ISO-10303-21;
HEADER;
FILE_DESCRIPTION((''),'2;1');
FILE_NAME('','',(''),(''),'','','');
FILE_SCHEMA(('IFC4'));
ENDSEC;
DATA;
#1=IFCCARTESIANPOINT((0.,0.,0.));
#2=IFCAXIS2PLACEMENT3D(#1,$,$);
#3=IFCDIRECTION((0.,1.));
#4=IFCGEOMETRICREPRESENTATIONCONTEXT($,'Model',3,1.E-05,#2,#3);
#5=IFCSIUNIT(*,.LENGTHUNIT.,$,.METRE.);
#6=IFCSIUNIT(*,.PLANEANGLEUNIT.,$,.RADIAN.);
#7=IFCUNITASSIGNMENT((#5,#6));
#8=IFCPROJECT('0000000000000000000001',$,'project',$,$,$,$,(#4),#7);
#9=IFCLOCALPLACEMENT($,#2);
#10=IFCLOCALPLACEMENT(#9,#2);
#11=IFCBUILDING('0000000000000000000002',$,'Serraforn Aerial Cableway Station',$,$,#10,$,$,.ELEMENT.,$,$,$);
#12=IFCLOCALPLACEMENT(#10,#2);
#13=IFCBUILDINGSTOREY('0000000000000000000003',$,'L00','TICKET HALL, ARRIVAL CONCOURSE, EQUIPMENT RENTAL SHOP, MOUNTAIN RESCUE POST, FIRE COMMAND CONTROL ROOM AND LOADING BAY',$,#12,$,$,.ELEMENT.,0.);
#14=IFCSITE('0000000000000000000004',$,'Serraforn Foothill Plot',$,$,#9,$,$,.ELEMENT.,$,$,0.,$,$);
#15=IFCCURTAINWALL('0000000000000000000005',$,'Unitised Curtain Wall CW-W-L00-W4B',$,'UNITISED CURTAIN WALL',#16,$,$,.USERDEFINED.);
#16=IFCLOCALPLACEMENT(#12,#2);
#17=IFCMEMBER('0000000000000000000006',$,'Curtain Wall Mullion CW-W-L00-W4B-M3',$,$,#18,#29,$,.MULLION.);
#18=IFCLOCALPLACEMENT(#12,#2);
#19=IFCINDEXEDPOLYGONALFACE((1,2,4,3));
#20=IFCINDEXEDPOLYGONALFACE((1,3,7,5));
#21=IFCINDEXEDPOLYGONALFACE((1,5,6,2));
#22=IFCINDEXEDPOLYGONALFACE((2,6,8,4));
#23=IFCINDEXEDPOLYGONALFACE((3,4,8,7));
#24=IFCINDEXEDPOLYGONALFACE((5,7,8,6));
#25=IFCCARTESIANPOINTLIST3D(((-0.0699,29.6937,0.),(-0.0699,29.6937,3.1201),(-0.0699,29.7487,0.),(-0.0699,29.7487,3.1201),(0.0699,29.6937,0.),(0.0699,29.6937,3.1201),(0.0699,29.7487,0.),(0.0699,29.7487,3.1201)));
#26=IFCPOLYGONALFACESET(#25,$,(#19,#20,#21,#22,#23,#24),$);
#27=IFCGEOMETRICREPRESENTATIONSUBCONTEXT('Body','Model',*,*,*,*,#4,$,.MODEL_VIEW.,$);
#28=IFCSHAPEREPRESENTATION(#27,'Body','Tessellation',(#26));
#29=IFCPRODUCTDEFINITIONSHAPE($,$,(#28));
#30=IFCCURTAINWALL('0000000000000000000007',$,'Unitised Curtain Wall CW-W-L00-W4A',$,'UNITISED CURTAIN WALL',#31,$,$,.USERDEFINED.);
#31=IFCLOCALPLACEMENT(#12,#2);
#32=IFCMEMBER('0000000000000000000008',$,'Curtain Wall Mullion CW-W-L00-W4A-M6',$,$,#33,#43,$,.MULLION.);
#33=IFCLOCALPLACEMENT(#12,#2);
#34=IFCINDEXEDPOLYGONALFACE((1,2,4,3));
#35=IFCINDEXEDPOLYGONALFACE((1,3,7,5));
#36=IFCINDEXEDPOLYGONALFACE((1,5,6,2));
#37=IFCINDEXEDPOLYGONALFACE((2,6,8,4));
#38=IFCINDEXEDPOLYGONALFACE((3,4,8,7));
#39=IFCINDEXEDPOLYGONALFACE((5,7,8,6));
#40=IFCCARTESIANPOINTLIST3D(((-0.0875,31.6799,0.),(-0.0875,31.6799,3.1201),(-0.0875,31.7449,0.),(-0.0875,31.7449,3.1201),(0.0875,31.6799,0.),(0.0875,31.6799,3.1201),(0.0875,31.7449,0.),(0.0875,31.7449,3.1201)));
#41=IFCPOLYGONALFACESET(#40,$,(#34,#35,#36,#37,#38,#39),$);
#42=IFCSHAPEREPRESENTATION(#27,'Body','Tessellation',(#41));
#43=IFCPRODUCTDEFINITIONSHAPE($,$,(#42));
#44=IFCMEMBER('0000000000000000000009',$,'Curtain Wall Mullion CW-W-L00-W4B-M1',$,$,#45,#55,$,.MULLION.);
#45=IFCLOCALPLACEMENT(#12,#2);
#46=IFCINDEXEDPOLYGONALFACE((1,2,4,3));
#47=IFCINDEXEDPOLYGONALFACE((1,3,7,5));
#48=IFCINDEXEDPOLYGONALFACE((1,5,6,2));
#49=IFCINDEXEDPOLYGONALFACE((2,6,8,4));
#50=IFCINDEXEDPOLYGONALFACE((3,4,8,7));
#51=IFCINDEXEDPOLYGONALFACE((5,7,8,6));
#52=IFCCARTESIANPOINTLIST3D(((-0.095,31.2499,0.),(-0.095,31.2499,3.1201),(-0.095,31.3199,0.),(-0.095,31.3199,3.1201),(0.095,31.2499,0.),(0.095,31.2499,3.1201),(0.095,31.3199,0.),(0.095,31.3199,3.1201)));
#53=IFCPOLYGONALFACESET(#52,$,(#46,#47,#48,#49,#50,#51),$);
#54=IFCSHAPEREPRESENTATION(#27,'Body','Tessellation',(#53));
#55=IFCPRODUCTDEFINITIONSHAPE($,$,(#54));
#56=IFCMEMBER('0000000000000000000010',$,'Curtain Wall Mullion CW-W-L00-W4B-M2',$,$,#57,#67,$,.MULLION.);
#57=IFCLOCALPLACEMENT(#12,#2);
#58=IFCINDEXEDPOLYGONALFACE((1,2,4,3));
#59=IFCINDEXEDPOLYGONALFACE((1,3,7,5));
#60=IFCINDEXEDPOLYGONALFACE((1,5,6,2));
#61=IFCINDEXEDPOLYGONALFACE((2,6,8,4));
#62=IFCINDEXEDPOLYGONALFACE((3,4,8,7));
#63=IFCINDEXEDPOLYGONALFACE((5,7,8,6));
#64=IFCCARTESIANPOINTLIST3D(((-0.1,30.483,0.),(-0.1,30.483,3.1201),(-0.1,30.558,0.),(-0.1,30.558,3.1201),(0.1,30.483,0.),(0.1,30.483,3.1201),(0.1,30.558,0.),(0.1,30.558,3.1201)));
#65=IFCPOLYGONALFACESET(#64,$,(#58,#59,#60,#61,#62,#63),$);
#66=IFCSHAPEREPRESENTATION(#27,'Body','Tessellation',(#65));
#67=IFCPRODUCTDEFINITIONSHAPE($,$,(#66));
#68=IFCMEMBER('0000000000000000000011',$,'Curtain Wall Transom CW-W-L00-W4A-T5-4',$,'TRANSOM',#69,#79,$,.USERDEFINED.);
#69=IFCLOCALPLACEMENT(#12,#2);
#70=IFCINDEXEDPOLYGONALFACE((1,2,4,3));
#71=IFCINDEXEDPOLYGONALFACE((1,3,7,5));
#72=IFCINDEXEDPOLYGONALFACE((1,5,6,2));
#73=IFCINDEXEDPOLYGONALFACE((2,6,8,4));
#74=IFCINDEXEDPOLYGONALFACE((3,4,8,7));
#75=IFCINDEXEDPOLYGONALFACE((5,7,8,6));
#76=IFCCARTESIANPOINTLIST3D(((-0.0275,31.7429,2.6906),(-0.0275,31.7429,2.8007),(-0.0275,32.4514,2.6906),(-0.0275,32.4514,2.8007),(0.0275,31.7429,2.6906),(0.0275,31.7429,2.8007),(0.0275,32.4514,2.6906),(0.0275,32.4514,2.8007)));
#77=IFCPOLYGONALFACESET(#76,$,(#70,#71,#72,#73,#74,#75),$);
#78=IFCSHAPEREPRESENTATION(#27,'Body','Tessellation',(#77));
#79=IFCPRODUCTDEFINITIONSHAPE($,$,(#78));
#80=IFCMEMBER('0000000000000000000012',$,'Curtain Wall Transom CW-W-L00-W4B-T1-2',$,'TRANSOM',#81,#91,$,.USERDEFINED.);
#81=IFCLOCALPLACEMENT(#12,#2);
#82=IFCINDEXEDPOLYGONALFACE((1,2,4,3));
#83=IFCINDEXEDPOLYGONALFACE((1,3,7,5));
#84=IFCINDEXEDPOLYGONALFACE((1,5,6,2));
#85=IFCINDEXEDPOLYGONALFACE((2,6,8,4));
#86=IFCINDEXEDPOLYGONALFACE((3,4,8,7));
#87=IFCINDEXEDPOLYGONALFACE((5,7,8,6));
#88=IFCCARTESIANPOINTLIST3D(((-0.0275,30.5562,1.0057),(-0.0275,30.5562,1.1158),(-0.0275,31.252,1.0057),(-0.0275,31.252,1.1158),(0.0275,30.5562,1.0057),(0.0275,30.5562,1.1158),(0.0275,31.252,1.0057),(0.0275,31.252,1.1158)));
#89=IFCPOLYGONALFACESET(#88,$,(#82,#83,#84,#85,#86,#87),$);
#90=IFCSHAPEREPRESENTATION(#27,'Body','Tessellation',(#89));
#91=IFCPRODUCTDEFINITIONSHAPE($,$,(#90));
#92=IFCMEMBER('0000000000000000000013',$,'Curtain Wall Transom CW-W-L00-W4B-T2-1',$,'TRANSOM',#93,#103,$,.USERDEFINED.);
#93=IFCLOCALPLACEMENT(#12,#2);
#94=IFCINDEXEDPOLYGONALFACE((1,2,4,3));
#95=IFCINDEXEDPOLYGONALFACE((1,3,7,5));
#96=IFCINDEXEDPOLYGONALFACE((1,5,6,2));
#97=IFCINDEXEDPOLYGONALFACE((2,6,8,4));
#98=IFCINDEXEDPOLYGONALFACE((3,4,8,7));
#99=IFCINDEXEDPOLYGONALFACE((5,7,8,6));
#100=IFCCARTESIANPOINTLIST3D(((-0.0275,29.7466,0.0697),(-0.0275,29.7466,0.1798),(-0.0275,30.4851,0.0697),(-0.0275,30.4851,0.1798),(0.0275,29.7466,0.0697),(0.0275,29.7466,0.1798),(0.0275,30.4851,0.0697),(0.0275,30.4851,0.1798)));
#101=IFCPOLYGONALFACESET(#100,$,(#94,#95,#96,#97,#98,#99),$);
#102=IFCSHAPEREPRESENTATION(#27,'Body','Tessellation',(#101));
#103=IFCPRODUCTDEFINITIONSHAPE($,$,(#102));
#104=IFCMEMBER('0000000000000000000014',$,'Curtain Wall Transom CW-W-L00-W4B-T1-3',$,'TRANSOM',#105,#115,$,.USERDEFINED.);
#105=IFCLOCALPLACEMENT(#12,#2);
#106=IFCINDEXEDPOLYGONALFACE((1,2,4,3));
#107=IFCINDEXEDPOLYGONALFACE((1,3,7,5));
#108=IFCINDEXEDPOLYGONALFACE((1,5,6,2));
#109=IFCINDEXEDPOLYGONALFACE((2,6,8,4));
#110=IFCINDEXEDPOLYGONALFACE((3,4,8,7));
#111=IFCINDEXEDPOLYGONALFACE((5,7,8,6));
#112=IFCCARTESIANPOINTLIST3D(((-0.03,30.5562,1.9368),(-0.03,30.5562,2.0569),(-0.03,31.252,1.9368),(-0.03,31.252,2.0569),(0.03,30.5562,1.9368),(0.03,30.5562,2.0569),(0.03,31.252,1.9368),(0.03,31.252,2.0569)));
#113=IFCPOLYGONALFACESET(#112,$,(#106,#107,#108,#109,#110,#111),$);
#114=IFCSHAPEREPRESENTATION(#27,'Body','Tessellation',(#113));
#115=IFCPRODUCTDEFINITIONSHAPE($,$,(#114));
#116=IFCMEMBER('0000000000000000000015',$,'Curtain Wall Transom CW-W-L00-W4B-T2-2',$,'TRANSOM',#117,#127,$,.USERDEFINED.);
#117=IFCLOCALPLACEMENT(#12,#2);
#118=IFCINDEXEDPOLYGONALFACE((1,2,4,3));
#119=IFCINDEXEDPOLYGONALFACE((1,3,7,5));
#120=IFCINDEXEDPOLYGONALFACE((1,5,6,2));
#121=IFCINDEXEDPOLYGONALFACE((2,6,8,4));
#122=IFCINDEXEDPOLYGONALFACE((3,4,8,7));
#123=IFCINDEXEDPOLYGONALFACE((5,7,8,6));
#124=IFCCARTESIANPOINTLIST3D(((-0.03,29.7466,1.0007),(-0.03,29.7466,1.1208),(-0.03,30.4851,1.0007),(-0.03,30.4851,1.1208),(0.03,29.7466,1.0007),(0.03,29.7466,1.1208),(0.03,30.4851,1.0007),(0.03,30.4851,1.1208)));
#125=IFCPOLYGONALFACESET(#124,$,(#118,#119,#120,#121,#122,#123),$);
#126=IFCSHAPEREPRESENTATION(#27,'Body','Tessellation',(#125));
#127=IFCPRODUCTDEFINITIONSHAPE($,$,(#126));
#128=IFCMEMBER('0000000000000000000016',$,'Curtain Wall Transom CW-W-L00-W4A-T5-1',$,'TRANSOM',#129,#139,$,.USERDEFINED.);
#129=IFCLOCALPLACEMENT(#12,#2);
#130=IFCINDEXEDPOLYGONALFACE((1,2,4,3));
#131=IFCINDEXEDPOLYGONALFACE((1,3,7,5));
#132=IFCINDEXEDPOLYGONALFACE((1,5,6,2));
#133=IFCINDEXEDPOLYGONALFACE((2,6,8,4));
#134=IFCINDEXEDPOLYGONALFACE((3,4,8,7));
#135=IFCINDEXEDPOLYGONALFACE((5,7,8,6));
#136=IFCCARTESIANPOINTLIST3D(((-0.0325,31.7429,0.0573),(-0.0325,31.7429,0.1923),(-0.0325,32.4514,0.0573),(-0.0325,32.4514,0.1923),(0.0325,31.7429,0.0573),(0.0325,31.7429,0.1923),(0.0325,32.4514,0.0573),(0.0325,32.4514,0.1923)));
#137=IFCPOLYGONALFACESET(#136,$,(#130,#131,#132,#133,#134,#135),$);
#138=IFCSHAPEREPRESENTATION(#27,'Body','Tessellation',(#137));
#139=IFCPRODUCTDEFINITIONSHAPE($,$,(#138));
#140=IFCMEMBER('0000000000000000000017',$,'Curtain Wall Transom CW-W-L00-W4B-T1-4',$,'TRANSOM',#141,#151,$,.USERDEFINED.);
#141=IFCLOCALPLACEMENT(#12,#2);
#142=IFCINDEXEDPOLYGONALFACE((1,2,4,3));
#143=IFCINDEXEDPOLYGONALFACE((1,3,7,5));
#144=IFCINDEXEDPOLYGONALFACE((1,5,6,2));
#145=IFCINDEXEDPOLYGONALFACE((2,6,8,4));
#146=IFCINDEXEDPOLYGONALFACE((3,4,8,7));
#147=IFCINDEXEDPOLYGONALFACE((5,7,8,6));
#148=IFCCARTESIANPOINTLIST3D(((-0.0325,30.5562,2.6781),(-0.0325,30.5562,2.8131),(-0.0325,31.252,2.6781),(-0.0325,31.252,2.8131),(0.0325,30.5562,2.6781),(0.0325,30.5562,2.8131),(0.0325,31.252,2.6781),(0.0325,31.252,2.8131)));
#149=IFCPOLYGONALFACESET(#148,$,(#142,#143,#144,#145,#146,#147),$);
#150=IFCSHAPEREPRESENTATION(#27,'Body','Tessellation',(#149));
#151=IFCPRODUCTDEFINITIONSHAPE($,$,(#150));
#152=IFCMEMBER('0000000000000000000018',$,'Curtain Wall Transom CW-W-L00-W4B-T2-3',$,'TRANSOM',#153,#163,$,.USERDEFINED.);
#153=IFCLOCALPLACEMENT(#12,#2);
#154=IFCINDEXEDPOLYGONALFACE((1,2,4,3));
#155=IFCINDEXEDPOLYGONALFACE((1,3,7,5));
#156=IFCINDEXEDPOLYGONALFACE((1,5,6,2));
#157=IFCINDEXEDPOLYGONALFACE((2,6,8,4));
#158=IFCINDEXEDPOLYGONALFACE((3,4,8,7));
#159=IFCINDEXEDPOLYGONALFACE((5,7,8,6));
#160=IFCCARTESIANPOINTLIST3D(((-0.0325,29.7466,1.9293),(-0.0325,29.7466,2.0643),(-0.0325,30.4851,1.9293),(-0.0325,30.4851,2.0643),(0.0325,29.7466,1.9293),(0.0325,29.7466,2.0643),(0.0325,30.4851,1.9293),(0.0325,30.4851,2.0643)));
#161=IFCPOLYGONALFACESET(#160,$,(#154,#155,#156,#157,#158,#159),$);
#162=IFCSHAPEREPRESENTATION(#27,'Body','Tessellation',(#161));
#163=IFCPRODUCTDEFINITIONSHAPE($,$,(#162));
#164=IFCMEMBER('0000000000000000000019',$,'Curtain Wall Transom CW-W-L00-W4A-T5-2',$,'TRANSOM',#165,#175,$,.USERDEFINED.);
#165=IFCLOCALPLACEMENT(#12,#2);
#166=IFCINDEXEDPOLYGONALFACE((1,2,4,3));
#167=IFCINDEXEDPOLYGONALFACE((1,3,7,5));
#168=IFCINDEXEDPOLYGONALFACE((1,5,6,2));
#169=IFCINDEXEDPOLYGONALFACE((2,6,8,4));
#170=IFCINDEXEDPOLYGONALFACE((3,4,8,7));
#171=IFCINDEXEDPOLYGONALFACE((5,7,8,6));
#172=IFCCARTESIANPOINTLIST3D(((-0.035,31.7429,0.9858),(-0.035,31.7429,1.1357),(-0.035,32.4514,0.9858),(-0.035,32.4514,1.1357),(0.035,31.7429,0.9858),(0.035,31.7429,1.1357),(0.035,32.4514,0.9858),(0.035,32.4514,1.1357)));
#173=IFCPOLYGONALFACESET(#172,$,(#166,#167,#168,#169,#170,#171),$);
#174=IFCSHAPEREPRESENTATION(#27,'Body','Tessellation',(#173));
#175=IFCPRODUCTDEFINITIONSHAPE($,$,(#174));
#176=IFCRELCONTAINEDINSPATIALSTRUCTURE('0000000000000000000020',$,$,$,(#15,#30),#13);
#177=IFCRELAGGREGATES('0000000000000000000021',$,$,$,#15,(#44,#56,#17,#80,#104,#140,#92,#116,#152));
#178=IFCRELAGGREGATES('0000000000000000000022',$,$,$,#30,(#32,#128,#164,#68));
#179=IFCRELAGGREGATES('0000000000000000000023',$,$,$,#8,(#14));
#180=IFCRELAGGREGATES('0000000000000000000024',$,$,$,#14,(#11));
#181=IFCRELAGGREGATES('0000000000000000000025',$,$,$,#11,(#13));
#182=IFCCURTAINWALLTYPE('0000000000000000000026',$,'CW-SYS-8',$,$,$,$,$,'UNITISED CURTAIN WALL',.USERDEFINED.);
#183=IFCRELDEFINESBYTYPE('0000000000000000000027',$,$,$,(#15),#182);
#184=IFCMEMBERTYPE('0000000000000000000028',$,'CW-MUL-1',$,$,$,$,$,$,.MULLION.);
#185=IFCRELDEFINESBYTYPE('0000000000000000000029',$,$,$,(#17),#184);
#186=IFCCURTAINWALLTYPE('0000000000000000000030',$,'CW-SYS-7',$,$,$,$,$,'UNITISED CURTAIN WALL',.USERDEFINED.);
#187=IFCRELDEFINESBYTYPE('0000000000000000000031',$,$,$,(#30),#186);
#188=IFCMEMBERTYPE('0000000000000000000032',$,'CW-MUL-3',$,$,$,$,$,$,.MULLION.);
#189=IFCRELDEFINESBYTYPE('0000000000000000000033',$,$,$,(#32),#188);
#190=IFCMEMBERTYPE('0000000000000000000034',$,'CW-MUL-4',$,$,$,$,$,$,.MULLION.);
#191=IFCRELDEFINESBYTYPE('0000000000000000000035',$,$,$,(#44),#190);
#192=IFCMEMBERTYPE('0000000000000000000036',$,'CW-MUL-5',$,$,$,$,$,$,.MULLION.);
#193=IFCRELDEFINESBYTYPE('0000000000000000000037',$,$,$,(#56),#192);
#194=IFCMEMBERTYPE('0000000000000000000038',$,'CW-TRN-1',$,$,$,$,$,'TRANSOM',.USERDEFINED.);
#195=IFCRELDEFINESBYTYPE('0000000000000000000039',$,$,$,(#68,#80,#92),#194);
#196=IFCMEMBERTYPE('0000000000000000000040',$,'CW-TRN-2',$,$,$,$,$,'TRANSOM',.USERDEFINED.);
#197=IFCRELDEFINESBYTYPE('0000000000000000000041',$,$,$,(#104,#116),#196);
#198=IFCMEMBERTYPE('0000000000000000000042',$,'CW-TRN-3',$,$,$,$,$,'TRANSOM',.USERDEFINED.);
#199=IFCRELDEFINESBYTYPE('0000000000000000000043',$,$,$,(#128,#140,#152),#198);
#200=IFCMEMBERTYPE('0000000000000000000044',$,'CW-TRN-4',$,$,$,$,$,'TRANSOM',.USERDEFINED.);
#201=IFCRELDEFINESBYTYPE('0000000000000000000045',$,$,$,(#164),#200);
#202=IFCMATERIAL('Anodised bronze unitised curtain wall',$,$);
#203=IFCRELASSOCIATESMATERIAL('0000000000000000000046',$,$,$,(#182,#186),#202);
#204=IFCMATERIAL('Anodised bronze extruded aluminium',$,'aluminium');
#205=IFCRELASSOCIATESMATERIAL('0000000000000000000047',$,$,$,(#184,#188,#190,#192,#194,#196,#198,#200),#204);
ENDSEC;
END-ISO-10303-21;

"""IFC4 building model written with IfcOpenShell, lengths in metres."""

from ifc_helpers import new_model, si_unit, direction, frame, origin, origin_2d, place, context, subcontext, project, spatial, rectangle, extrude, material, material_profile, profile_set, type_object, element, aggregate, save


model = new_model("IFC4")

# Units and contexts
model_context = context("Model", 3, precision=1e-05, world=origin(), true_north=direction((0.0, 1.0)))
body_context = subcontext(model_context, "Body", "Model", "MODEL_VIEW")
ifc_project = project(units=[si_unit("LENGTHUNIT", "METRE"), si_unit("PLANEANGLEUNIT", "RADIAN")], contexts=[model_context])

# Site, building, storey
site_placement = place(None, origin())
site = spatial("IfcSite", under=ifc_project, at=site_placement, Name="Serraforn Foothill Plot", CompositionType="ELEMENT", RefElevation=0.0)
building_placement = place(site_placement, origin())
building = spatial("IfcBuilding", under=site, at=building_placement, Name="Serraforn Aerial Cableway Station", CompositionType="ELEMENT")
storey_placement = place(building_placement, origin())
storey = spatial("IfcBuildingStorey", under=building, at=storey_placement, Name="L00", Description="TICKET HALL, ARRIVAL CONCOURSE, EQUIPMENT RENTAL SHOP, MOUNTAIN RESCUE POST, FIRE COMMAND CONTROL ROOM AND LOADING BAY", CompositionType="ELEMENT", Elevation=0.0)

# Curtain walls, members
ifc_material_1 = material(Name="Anodised bronze unitised curtain wall")
curtain_wall_type_1 = type_object("IfcCurtainWallType", Name="CW-SYS-8", ElementType="UNITISED CURTAIN WALL", PredefinedType="USERDEFINED", material=ifc_material_1)
curtain_wall_1_placement = place(storey_placement, origin())
curtain_wall_1 = element("IfcCurtainWall", 1, at=curtain_wall_1_placement, inside=storey, type_object=curtain_wall_type_1, Name="Unitised Curtain Wall CW-W-L00-W4B", ObjectType="UNITISED CURTAIN WALL", PredefinedType="USERDEFINED")
ifc_material_2 = material(Name="Anodised bronze extruded aluminium", Category="aluminium")
ifc_material_profile_1 = material_profile(ifc_material_2, rectangle(XDim=0.0549, YDim=0.1399, at=origin_2d()), Name="CW MULLION 55x140")
ifc_profile_set_1 = profile_set([ifc_material_profile_1], Name="Anodised bronze extruded aluminium")
member_type_1 = type_object("IfcMemberType", Name="CW-MUL-1", PredefinedType="MULLION", material=ifc_profile_set_1)
member_1_placement = place(storey_placement, frame((0.0, 29.7212, 0.0), z_axis=(0.0, 0.0, 1.0), x_axis=(0.0, -1.0, 0.0)))
member_1 = element("IfcMember", 2, at=member_1_placement, type_object=member_type_1, Name="Curtain Wall Mullion CW-W-L00-W4B-M3", PredefinedType="MULLION", context=body_context, shape_type="SweptSolid", body=[
    extrude(rectangle(XDim=0.0549, YDim=0.1399, at=origin_2d()), origin(), (0.0, 0.0, 1.0), 3.1201),
])
curtain_wall_type_2 = type_object("IfcCurtainWallType", Name="CW-SYS-7", ElementType="UNITISED CURTAIN WALL", PredefinedType="USERDEFINED", material=ifc_material_1)
curtain_wall_2_placement = place(storey_placement, origin())
curtain_wall_2 = element("IfcCurtainWall", 3, at=curtain_wall_2_placement, inside=storey, type_object=curtain_wall_type_2, Name="Unitised Curtain Wall CW-W-L00-W4A", ObjectType="UNITISED CURTAIN WALL", PredefinedType="USERDEFINED")
ifc_material_profile_2 = material_profile(ifc_material_2, rectangle(XDim=0.0649, YDim=0.175, at=origin_2d()), Name="CW MULLION 65x175")
ifc_profile_set_2 = profile_set([ifc_material_profile_2], Name="Anodised bronze extruded aluminium")
member_type_2 = type_object("IfcMemberType", Name="CW-MUL-3", PredefinedType="MULLION", material=ifc_profile_set_2)
member_2_placement = place(storey_placement, frame((0.0, 31.7124, 0.0), z_axis=(0.0, 0.0, 1.0), x_axis=(0.0, -1.0, 0.0)))
member_2 = element("IfcMember", 4, at=member_2_placement, type_object=member_type_2, Name="Curtain Wall Mullion CW-W-L00-W4A-M6", PredefinedType="MULLION", context=body_context, shape_type="SweptSolid", body=[
    extrude(rectangle(XDim=0.0649, YDim=0.175, at=origin_2d()), origin(), (0.0, 0.0, 1.0), 3.1201),
])

# Members
ifc_material_profile_3 = material_profile(ifc_material_2, rectangle(XDim=0.0701, YDim=0.1899, at=origin_2d()), Name="CW MULLION 70x190")
ifc_profile_set_3 = profile_set([ifc_material_profile_3], Name="Anodised bronze extruded aluminium")
member_type_3 = type_object("IfcMemberType", Name="CW-MUL-4", PredefinedType="MULLION", material=ifc_profile_set_3)
member_3_placement = place(storey_placement, frame((0.0, 31.2849, 0.0), z_axis=(0.0, 0.0, 1.0), x_axis=(0.0, -1.0, 0.0)))
member_3 = element("IfcMember", 5, at=member_3_placement, type_object=member_type_3, Name="Curtain Wall Mullion CW-W-L00-W4B-M1", PredefinedType="MULLION", context=body_context, shape_type="SweptSolid", body=[
    extrude(rectangle(XDim=0.0701, YDim=0.1899, at=origin_2d()), origin(), (0.0, 0.0, 1.0), 3.1201),
])
ifc_material_profile_4 = material_profile(ifc_material_2, rectangle(XDim=0.075, YDim=0.2, at=origin_2d()), Name="CW MULLION 75x200")
ifc_profile_set_4 = profile_set([ifc_material_profile_4], Name="Anodised bronze extruded aluminium")
member_type_4 = type_object("IfcMemberType", Name="CW-MUL-5", PredefinedType="MULLION", material=ifc_profile_set_4)
member_4_placement = place(storey_placement, frame((0.0, 30.5205, 0.0), z_axis=(0.0, 0.0, 1.0), x_axis=(0.0, -1.0, 0.0)))
member_4 = element("IfcMember", 6, at=member_4_placement, type_object=member_type_4, Name="Curtain Wall Mullion CW-W-L00-W4B-M2", PredefinedType="MULLION", context=body_context, shape_type="SweptSolid", body=[
    extrude(rectangle(XDim=0.075, YDim=0.2, at=origin_2d()), origin(), (0.0, 0.0, 1.0), 3.1201),
])
ifc_material_profile_5 = material_profile(ifc_material_2, rectangle(XDim=0.0549, YDim=0.1101, at=origin_2d()), Name="CW TRANSOM 55x110")
ifc_profile_set_5 = profile_set([ifc_material_profile_5], Name="Anodised bronze extruded aluminium")
member_type_5 = type_object("IfcMemberType", Name="CW-TRN-1", ElementType="TRANSOM", PredefinedType="USERDEFINED", material=ifc_profile_set_5)
member_5_placement = place(storey_placement, frame((0.0, 32.4514, 2.7456), z_axis=(0.0, -1.0, 0.0), x_axis=(1.0, 0.0, 0.0)))
member_5 = element("IfcMember", 7, at=member_5_placement, type_object=member_type_5, Name="Curtain Wall Transom CW-W-L00-W4A-T5-4", ObjectType="TRANSOM", PredefinedType="USERDEFINED", context=body_context, shape_type="SweptSolid", body=[
    extrude(rectangle(XDim=0.0549, YDim=0.1101, at=origin_2d()), origin(), (0.0, 0.0, 1.0), 0.7085),
])
member_6_placement = place(storey_placement, frame((0.0, 31.252, 1.0608), z_axis=(0.0, -1.0, 0.0), x_axis=(1.0, 0.0, 0.0)))
member_6 = element("IfcMember", 8, at=member_6_placement, type_object=member_type_5, Name="Curtain Wall Transom CW-W-L00-W4B-T1-2", ObjectType="TRANSOM", PredefinedType="USERDEFINED", context=body_context, shape_type="SweptSolid", body=[
    extrude(rectangle(XDim=0.0549, YDim=0.1101, at=origin_2d()), origin(), (0.0, 0.0, 1.0), 0.6958),
])
member_7_placement = place(storey_placement, frame((0.0, 30.4851, 0.1248), z_axis=(0.0, -1.0, 0.0), x_axis=(1.0, 0.0, 0.0)))
member_7 = element("IfcMember", 9, at=member_7_placement, type_object=member_type_5, Name="Curtain Wall Transom CW-W-L00-W4B-T2-1", ObjectType="TRANSOM", PredefinedType="USERDEFINED", context=body_context, shape_type="SweptSolid", body=[
    extrude(rectangle(XDim=0.0549, YDim=0.1101, at=origin_2d()), origin(), (0.0, 0.0, 1.0), 0.7385),
])
ifc_material_profile_6 = material_profile(ifc_material_2, rectangle(XDim=0.0601, YDim=0.1201, at=origin_2d()), Name="CW TRANSOM 60x120")
ifc_profile_set_6 = profile_set([ifc_material_profile_6], Name="Anodised bronze extruded aluminium")
member_type_6 = type_object("IfcMemberType", Name="CW-TRN-2", ElementType="TRANSOM", PredefinedType="USERDEFINED", material=ifc_profile_set_6)
member_8_placement = place(storey_placement, frame((0.0, 31.252, 1.9968), z_axis=(0.0, -1.0, 0.0), x_axis=(1.0, 0.0, 0.0)))
member_8 = element("IfcMember", 10, at=member_8_placement, type_object=member_type_6, Name="Curtain Wall Transom CW-W-L00-W4B-T1-3", ObjectType="TRANSOM", PredefinedType="USERDEFINED", context=body_context, shape_type="SweptSolid", body=[
    extrude(rectangle(XDim=0.0601, YDim=0.1201, at=origin_2d()), origin(), (0.0, 0.0, 1.0), 0.6958),
])
member_9_placement = place(storey_placement, frame((0.0, 30.4851, 1.0608), z_axis=(0.0, -1.0, 0.0), x_axis=(1.0, 0.0, 0.0)))
member_9 = element("IfcMember", 11, at=member_9_placement, type_object=member_type_6, Name="Curtain Wall Transom CW-W-L00-W4B-T2-2", ObjectType="TRANSOM", PredefinedType="USERDEFINED", context=body_context, shape_type="SweptSolid", body=[
    extrude(rectangle(XDim=0.0601, YDim=0.1201, at=origin_2d()), origin(), (0.0, 0.0, 1.0), 0.7385),
])
ifc_material_profile_7 = material_profile(ifc_material_2, rectangle(XDim=0.0649, YDim=0.135, at=origin_2d()), Name="CW TRANSOM 65x135")
ifc_profile_set_7 = profile_set([ifc_material_profile_7], Name="Anodised bronze extruded aluminium")
member_type_7 = type_object("IfcMemberType", Name="CW-TRN-3", ElementType="TRANSOM", PredefinedType="USERDEFINED", material=ifc_profile_set_7)
member_10_placement = place(storey_placement, frame((0.0, 32.4514, 0.1248), z_axis=(0.0, -1.0, 0.0), x_axis=(1.0, 0.0, 0.0)))
member_10 = element("IfcMember", 12, at=member_10_placement, type_object=member_type_7, Name="Curtain Wall Transom CW-W-L00-W4A-T5-1", ObjectType="TRANSOM", PredefinedType="USERDEFINED", context=body_context, shape_type="SweptSolid", body=[
    extrude(rectangle(XDim=0.0649, YDim=0.135, at=origin_2d()), origin(), (0.0, 0.0, 1.0), 0.7085),
])
member_11_placement = place(storey_placement, frame((0.0, 31.252, 2.7456), z_axis=(0.0, -1.0, 0.0), x_axis=(1.0, 0.0, 0.0)))
member_11 = element("IfcMember", 13, at=member_11_placement, type_object=member_type_7, Name="Curtain Wall Transom CW-W-L00-W4B-T1-4", ObjectType="TRANSOM", PredefinedType="USERDEFINED", context=body_context, shape_type="SweptSolid", body=[
    extrude(rectangle(XDim=0.0649, YDim=0.135, at=origin_2d()), origin(), (0.0, 0.0, 1.0), 0.6958),
])
member_12_placement = place(storey_placement, frame((0.0, 30.4851, 1.9968), z_axis=(0.0, -1.0, 0.0), x_axis=(1.0, 0.0, 0.0)))
member_12 = element("IfcMember", 14, at=member_12_placement, type_object=member_type_7, Name="Curtain Wall Transom CW-W-L00-W4B-T2-3", ObjectType="TRANSOM", PredefinedType="USERDEFINED", context=body_context, shape_type="SweptSolid", body=[
    extrude(rectangle(XDim=0.0649, YDim=0.135, at=origin_2d()), origin(), (0.0, 0.0, 1.0), 0.7385),
])
ifc_material_profile_8 = material_profile(ifc_material_2, rectangle(XDim=0.0701, YDim=0.1499, at=origin_2d()), Name="CW TRANSOM 70x150")
ifc_profile_set_8 = profile_set([ifc_material_profile_8], Name="Anodised bronze extruded aluminium")
member_type_8 = type_object("IfcMemberType", Name="CW-TRN-4", ElementType="TRANSOM", PredefinedType="USERDEFINED", material=ifc_profile_set_8)
member_13_placement = place(storey_placement, frame((0.0, 32.4514, 1.0608), z_axis=(0.0, -1.0, 0.0), x_axis=(1.0, 0.0, 0.0)))
member_13 = element("IfcMember", 15, at=member_13_placement, type_object=member_type_8, Name="Curtain Wall Transom CW-W-L00-W4A-T5-2", ObjectType="TRANSOM", PredefinedType="USERDEFINED", context=body_context, shape_type="SweptSolid", body=[
    extrude(rectangle(XDim=0.0701, YDim=0.1499, at=origin_2d()), origin(), (0.0, 0.0, 1.0), 0.7085),
])

aggregate(curtain_wall_1, [member_3, member_4, member_1, member_6, member_8, member_11, member_7, member_9, member_12])
aggregate(curtain_wall_2, [member_2, member_10, member_13, member_5])

save(model, "model.ifc")
